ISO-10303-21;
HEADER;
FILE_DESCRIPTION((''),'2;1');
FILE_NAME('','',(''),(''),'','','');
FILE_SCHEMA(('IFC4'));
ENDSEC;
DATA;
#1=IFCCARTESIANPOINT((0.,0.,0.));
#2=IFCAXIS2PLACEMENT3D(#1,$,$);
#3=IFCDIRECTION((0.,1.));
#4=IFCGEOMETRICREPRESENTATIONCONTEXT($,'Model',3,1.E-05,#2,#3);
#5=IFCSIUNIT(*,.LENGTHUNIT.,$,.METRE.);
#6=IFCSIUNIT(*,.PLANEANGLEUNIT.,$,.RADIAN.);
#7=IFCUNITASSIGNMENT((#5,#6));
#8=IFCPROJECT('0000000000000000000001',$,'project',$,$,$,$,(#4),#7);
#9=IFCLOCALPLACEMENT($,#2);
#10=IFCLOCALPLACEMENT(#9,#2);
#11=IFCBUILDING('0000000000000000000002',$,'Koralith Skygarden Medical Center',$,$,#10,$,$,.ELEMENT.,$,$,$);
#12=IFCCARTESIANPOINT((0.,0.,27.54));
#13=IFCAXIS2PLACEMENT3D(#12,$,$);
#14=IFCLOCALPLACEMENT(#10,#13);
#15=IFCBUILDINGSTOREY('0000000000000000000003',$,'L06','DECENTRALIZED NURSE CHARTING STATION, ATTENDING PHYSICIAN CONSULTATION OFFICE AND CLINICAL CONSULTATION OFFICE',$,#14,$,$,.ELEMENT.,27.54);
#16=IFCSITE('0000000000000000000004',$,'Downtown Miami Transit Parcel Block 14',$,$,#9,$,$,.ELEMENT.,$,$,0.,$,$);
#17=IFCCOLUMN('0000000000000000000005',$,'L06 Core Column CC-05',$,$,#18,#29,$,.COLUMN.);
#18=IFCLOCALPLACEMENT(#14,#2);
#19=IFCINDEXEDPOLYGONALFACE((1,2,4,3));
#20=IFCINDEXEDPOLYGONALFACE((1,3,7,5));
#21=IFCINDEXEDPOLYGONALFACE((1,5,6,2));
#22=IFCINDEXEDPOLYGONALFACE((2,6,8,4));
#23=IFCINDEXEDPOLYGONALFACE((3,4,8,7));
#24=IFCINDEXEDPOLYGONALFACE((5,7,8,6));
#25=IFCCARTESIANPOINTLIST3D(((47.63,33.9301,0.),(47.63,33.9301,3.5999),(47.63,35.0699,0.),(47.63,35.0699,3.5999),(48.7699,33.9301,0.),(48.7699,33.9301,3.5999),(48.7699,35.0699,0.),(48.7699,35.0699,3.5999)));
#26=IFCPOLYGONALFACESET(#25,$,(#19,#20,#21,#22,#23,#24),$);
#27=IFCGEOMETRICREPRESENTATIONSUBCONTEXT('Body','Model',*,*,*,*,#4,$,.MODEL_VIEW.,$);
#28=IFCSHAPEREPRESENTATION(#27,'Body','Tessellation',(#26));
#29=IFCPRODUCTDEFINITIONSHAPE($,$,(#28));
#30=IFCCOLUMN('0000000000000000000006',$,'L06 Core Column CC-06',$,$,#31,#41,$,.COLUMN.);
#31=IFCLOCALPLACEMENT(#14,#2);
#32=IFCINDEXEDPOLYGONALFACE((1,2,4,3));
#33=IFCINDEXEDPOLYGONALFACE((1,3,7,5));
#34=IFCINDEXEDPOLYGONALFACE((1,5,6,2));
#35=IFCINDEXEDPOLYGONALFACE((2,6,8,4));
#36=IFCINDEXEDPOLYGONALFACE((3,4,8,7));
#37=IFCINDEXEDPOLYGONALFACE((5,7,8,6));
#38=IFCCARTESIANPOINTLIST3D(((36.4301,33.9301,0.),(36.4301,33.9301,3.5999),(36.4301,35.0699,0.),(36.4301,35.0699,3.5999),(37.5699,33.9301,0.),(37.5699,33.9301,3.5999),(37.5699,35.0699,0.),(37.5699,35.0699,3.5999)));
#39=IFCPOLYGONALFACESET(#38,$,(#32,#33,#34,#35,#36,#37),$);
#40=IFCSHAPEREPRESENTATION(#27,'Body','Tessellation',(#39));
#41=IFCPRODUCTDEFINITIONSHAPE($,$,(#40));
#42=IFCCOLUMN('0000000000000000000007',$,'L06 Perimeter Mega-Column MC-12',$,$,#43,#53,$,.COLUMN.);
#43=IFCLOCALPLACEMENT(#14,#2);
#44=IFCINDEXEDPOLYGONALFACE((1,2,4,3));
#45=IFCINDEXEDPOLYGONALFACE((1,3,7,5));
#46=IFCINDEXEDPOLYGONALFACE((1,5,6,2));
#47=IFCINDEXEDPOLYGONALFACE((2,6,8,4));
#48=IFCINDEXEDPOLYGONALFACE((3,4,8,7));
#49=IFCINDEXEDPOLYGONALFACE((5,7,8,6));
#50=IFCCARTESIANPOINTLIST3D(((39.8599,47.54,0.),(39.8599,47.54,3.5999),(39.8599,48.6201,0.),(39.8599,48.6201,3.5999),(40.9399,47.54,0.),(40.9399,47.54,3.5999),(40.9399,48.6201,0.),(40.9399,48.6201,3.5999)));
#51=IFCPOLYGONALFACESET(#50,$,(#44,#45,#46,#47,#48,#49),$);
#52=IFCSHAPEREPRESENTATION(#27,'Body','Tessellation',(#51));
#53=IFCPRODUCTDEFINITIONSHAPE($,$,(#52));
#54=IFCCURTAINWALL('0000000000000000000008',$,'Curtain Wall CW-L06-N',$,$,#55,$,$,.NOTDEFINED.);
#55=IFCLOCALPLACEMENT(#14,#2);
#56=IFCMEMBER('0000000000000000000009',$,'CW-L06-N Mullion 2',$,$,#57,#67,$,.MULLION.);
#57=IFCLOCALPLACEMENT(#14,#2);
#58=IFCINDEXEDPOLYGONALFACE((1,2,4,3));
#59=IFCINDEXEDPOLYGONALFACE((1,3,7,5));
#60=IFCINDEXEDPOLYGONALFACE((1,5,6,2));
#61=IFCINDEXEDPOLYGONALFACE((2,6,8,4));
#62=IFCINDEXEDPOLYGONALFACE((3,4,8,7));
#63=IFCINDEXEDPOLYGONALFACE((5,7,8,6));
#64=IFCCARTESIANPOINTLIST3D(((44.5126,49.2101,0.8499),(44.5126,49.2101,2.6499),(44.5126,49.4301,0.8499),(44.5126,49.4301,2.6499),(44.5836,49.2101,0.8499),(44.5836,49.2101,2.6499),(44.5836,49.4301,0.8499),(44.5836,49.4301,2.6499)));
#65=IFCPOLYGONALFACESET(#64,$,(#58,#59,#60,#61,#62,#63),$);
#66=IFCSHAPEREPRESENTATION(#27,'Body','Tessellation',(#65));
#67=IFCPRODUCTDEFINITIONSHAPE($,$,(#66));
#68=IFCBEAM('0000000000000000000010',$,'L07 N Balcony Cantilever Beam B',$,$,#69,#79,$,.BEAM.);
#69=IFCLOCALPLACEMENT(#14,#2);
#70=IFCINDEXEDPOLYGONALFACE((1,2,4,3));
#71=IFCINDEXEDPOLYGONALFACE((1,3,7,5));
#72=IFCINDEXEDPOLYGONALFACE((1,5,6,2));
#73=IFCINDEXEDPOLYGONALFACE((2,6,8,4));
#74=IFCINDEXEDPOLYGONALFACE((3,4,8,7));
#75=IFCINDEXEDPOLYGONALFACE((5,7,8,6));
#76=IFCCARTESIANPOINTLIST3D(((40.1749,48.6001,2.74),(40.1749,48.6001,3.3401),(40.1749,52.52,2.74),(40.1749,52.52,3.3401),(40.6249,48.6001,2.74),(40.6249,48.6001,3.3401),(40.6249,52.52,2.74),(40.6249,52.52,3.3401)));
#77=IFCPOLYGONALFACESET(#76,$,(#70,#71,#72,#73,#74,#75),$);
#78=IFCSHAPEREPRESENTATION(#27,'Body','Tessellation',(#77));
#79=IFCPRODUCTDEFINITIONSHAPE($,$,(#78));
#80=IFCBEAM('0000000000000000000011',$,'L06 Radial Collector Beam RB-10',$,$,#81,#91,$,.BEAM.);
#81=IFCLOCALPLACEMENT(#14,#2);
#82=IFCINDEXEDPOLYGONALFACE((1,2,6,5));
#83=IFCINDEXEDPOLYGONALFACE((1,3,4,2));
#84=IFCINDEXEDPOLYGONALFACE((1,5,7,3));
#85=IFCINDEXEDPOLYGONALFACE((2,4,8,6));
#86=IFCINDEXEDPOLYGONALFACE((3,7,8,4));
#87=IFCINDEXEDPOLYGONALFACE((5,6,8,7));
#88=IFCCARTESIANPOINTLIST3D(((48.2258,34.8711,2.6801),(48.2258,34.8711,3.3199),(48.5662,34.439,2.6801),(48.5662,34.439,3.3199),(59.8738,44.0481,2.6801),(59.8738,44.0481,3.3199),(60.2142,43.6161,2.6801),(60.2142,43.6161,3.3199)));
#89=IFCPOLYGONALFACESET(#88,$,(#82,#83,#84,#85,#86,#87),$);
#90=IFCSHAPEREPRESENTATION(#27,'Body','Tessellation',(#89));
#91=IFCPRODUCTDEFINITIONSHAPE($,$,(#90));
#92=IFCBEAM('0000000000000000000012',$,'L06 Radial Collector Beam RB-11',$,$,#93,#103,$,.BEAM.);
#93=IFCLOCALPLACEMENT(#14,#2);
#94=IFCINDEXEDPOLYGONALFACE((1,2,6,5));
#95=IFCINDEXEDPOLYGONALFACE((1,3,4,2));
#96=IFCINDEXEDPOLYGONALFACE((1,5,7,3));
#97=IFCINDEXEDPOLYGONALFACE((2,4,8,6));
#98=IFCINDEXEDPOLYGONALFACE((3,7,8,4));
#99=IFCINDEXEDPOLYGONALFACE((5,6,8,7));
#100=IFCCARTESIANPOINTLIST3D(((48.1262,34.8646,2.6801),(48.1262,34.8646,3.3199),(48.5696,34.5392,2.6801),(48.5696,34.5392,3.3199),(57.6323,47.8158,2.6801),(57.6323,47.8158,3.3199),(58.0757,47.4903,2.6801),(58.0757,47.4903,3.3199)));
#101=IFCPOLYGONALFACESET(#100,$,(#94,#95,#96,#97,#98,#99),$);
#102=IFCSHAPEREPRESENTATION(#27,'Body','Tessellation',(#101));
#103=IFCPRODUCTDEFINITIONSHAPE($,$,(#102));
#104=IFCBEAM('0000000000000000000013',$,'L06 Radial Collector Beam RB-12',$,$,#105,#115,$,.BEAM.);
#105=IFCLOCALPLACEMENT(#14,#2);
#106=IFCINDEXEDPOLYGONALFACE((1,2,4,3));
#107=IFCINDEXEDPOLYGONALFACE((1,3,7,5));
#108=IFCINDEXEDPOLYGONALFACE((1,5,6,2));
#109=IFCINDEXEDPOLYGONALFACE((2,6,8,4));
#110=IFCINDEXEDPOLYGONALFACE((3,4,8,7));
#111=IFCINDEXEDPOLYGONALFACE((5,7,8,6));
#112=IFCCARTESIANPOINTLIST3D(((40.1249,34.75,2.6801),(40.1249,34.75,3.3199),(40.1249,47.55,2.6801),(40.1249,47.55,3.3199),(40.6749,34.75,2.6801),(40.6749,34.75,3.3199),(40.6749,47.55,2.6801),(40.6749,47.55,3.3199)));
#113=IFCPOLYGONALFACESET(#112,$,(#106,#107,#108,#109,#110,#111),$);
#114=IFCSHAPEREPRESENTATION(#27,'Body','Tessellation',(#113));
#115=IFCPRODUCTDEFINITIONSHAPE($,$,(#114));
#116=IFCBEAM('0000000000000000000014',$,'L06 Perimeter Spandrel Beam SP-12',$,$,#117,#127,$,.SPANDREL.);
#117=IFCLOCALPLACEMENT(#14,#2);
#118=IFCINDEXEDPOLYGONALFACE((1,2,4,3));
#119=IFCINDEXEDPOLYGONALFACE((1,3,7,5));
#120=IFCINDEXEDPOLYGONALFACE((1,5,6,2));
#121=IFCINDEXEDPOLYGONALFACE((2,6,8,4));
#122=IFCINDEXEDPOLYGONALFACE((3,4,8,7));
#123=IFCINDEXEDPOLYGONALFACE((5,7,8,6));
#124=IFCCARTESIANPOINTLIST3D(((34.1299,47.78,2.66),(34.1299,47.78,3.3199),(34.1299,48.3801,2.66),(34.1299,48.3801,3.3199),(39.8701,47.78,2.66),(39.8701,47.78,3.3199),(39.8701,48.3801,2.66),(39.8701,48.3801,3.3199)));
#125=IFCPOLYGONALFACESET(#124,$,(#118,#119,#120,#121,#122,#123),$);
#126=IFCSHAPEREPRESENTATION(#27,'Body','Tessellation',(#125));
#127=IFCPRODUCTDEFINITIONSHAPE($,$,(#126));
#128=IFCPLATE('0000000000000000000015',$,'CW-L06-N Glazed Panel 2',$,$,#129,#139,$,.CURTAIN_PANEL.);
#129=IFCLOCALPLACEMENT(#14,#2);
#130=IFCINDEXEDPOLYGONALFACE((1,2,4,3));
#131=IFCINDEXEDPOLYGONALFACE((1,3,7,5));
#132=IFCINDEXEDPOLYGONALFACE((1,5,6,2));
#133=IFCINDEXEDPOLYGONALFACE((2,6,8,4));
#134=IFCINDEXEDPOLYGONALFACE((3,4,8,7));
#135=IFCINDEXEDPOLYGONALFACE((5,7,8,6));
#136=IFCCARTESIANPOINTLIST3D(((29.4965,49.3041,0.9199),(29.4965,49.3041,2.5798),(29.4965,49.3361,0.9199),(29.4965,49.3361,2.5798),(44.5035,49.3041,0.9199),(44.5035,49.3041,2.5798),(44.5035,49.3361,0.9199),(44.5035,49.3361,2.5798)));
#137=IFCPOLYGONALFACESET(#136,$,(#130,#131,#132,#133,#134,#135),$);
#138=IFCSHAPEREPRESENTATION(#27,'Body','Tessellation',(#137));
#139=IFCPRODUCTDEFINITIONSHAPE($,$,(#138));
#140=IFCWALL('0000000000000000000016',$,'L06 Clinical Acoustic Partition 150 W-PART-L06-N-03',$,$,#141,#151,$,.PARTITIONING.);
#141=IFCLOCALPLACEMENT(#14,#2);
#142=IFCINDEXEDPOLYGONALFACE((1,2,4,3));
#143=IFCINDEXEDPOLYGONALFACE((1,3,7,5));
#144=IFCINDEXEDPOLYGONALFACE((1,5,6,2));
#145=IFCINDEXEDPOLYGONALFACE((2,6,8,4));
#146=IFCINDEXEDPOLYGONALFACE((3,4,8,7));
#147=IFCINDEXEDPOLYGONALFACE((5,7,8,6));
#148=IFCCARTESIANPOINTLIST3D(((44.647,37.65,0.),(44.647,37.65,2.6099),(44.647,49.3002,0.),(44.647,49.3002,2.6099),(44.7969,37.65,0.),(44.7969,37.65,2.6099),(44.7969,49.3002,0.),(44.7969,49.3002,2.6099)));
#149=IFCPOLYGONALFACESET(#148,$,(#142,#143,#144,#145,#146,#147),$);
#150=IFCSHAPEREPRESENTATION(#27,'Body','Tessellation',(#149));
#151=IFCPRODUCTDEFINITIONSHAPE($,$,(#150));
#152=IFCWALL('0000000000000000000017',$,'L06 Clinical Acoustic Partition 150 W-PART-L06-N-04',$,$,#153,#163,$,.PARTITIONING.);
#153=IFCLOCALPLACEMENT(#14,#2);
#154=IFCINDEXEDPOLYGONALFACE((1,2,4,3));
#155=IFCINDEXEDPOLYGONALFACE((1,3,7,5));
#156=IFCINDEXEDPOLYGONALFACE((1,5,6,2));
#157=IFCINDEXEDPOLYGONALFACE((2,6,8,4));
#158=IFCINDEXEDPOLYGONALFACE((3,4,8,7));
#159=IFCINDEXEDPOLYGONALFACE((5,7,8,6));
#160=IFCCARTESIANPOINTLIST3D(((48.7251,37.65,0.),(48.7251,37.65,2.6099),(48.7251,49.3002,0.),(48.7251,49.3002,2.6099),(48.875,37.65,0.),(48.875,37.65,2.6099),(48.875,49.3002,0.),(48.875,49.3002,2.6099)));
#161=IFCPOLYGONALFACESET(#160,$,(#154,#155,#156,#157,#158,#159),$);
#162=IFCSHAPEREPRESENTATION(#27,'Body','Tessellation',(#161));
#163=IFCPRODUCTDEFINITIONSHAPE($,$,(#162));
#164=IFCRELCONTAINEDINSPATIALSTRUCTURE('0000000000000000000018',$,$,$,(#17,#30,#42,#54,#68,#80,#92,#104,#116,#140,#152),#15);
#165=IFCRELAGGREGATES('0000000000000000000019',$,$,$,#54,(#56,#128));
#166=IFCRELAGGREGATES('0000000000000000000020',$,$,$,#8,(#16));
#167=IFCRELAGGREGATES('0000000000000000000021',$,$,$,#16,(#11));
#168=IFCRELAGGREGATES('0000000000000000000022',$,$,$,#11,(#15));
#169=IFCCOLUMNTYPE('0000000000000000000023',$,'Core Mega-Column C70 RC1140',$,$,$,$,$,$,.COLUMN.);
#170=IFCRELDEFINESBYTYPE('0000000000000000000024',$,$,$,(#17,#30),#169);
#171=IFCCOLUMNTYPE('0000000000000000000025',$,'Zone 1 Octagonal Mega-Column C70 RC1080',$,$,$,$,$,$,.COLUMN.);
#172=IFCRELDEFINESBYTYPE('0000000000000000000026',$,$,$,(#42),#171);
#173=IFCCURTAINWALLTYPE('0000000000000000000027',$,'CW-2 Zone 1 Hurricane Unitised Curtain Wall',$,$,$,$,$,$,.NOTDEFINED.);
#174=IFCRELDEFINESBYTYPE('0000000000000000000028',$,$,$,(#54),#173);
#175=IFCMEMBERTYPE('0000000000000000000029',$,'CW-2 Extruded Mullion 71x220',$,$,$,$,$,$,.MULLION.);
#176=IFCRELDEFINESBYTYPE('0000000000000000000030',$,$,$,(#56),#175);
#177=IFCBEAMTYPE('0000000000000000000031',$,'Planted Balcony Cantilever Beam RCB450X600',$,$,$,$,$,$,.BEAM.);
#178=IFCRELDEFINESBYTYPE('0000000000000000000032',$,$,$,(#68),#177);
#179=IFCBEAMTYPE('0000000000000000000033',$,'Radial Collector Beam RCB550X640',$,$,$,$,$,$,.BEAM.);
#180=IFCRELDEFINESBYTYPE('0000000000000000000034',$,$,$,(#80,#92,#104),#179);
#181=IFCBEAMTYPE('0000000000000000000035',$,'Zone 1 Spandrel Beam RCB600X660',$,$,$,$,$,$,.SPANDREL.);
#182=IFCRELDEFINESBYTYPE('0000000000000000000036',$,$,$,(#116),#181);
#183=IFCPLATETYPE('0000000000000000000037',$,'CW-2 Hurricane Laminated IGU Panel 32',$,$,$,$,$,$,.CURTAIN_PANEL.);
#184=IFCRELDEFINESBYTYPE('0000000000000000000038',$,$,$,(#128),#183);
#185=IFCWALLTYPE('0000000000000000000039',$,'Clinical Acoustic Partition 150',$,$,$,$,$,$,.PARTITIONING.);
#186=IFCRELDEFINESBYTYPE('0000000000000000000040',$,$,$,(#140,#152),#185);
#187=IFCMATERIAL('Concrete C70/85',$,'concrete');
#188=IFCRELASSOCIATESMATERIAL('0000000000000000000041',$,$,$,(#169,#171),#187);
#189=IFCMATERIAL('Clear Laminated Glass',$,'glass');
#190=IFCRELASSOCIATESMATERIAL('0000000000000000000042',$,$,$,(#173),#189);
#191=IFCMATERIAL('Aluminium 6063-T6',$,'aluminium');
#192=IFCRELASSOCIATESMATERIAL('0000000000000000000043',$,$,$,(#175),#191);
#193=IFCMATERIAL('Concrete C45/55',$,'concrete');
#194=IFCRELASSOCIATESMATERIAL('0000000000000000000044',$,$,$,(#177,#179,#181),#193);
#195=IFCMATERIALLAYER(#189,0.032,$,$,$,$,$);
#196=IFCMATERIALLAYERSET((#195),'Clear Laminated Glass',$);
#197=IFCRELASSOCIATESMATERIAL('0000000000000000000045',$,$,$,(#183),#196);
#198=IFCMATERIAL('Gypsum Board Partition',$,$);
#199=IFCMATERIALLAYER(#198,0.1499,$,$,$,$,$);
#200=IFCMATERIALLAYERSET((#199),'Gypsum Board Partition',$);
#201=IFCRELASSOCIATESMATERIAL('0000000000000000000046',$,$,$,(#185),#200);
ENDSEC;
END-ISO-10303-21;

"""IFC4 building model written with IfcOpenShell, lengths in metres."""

from ifc_helpers import new_model, si_unit, direction, frame, frame_2d, origin, origin_2d, place, context, subcontext, project, spatial, rectangle, extrude, material, layer, layer_set, material_profile, profile_set, type_object, element, aggregate, save


model = new_model("IFC4")

# Units and contexts
model_context = context("Model", 3, precision=1e-05, world=origin(), true_north=direction((0.0, 1.0)))
body_context = subcontext(model_context, "Body", "Model", "MODEL_VIEW")
ifc_project = project(units=[si_unit("LENGTHUNIT", "METRE"), si_unit("PLANEANGLEUNIT", "RADIAN")], contexts=[model_context])

# Site, building, storey
site_placement = place(None, origin())
site = spatial("IfcSite", under=ifc_project, at=site_placement, Name="Downtown Miami Transit Parcel Block 14", CompositionType="ELEMENT", RefElevation=0.0)
building_placement = place(site_placement, origin())
building = spatial("IfcBuilding", under=site, at=building_placement, Name="Koralith Skygarden Medical Center", CompositionType="ELEMENT")
storey_placement = place(building_placement, frame((0.0, 0.0, 27.54)))
storey = spatial("IfcBuildingStorey", under=building, at=storey_placement, Name="L06", Description="DECENTRALIZED NURSE CHARTING STATION, ATTENDING PHYSICIAN CONSULTATION OFFICE AND CLINICAL CONSULTATION OFFICE", CompositionType="ELEMENT", Elevation=27.54)

# Columns
ifc_material_1 = material(Name="Concrete C70/85", Category="concrete")
ifc_material_profile_1 = material_profile(ifc_material_1, rectangle(XDim=1.1399, YDim=1.1399, at=origin_2d()), Name="RC1140X1140")
ifc_profile_set_1 = profile_set([ifc_material_profile_1], Name="Concrete C70/85")
column_type_1 = type_object("IfcColumnType", Name="Core Mega-Column C70 RC1140", PredefinedType="COLUMN", material=ifc_profile_set_1)
for number, where, z_axis, x_axis, name in (
    (1, (48.2, 34.5, 0.0), (0.0, 0.0, 1.0), (1.0, 0.0, 0.0), "L06 Core Column CC-05"),
    (2, (37.0, 34.5, 0.0), (0.0, 0.0, 1.0), (1.0, 0.0, 0.0), "L06 Core Column CC-06"),
):
    element("IfcColumn", number, at=place(storey_placement, frame(where, z_axis=z_axis, x_axis=x_axis)), inside=storey, type_object=column_type_1, Name=name, PredefinedType="COLUMN", context=body_context, shape_type="SweptSolid", body=[
        extrude(rectangle(XDim=1.1399, YDim=1.1399, at=origin_2d()), origin(), (0.0, 0.0, 1.0), 3.5999),
    ])
ifc_material_profile_2 = material_profile(ifc_material_1, rectangle(XDim=1.0801, YDim=1.0801, at=origin_2d()), Name="RC1080X1080")
ifc_profile_set_2 = profile_set([ifc_material_profile_2], Name="Concrete C70/85")
column_type_2 = type_object("IfcColumnType", Name="Zone 1 Octagonal Mega-Column C70 RC1080", PredefinedType="COLUMN", material=ifc_profile_set_2)
column_placement = place(storey_placement, frame((40.3999, 48.0801, 0.0), z_axis=(0.0, 0.0, 1.0), x_axis=(1.0, 0.0, 0.0)))
element("IfcColumn", 3, at=column_placement, inside=storey, type_object=column_type_2, Name="L06 Perimeter Mega-Column MC-12", PredefinedType="COLUMN", context=body_context, shape_type="SweptSolid", body=[
    extrude(rectangle(XDim=1.0801, YDim=1.0801, at=origin_2d()), origin(), (0.0, 0.0, 1.0), 3.5999),
])

# Curtain wall, member
ifc_material_2 = material(Name="Clear Laminated Glass", Category="glass")
curtain_wall_type = type_object("IfcCurtainWallType", Name="CW-2 Zone 1 Hurricane Unitised Curtain Wall", PredefinedType="NOTDEFINED", material=ifc_material_2)
curtain_wall_placement = place(storey_placement, origin())
curtain_wall = element("IfcCurtainWall", 4, at=curtain_wall_placement, inside=storey, type_object=curtain_wall_type, Name="Curtain Wall CW-L06-N", PredefinedType="NOTDEFINED")
ifc_material_3 = material(Name="Aluminium 6063-T6", Category="aluminium")
ifc_material_profile_3 = material_profile(ifc_material_3, rectangle(XDim=0.071, YDim=0.22, at=origin_2d()), Name="MUL71X220")
ifc_profile_set_3 = profile_set([ifc_material_profile_3], Name="Aluminium 6063-T6")
member_type = type_object("IfcMemberType", Name="CW-2 Extruded Mullion 71x220", PredefinedType="MULLION", material=ifc_profile_set_3)
member_placement = place(storey_placement, frame((44.5481, 49.3201, 0.8499), z_axis=(0.0, 0.0, 1.0), x_axis=(1.0, 0.0, 0.0)))
member = element("IfcMember", 5, at=member_placement, type_object=member_type, Name="CW-L06-N Mullion 2", PredefinedType="MULLION", context=body_context, shape_type="SweptSolid", body=[
    extrude(rectangle(XDim=0.071, YDim=0.22, at=origin_2d()), origin(), (0.0, 0.0, 1.0), 1.8),
])

# Beams
ifc_material_4 = material(Name="Concrete C45/55", Category="concrete")
ifc_material_profile_4 = material_profile(ifc_material_4, rectangle(XDim=0.45, YDim=0.6001, at=origin_2d()), Name="RCB450X600")
ifc_profile_set_4 = profile_set([ifc_material_profile_4], Name="Concrete C45/55")
beam_type_1 = type_object("IfcBeamType", Name="Planted Balcony Cantilever Beam RCB450X600", PredefinedType="BEAM", material=ifc_profile_set_4)
beam_1_placement = place(storey_placement, frame((40.3999, 48.6001, 3.04), z_axis=(0.0, 1.0, 0.0), x_axis=(-1.0, 0.0, 0.0)))
element("IfcBeam", 6, at=beam_1_placement, inside=storey, type_object=beam_type_1, Name="L07 N Balcony Cantilever Beam B", PredefinedType="BEAM", context=body_context, shape_type="SweptSolid", body=[
    extrude(rectangle(XDim=0.45, YDim=0.6001, at=origin_2d()), origin(), (0.0, 0.0, 1.0), 3.9199),
])
ifc_material_profile_5 = material_profile(ifc_material_4, rectangle(XDim=0.55, YDim=0.6399, at=origin_2d()), Name="RCB550X640")
ifc_profile_set_5 = profile_set([ifc_material_profile_5], Name="Concrete C45/55")
beam_type_2 = type_object("IfcBeamType", Name="Radial Collector Beam RCB550X640", PredefinedType="BEAM", material=ifc_profile_set_5)
beam_2_placement = place(storey_placement, frame((48.396, 34.655, 3.0), z_axis=(0.785497, 0.618865, 0.0), x_axis=(-0.618865, 0.785497, 0.0)))
element("IfcBeam", 7, at=beam_2_placement, inside=storey, type_object=beam_type_2, Name="L06 Radial Collector Beam RB-10", PredefinedType="BEAM", context=body_context, shape_type="SweptSolid", body=[
    extrude(rectangle(XDim=0.55, YDim=0.6399, at=origin_2d()), origin(), (0.0, 0.0, 1.0), 14.8289),
])
beam_3_placement = place(storey_placement, frame((48.3479, 34.7019, 3.0), z_axis=(0.591711, 0.80615, 0.0), x_axis=(-0.80615, 0.591711, 0.0)))
element("IfcBeam", 8, at=beam_3_placement, inside=storey, type_object=beam_type_2, Name="L06 Radial Collector Beam RB-11", PredefinedType="BEAM", context=body_context, shape_type="SweptSolid", body=[
    extrude(rectangle(XDim=0.55, YDim=0.6399, at=origin_2d()), origin(), (0.0, 0.0, 1.0), 16.0654),
])
beam_4_placement = place(storey_placement, frame((40.3999, 34.75, 3.0), z_axis=(0.0, 1.0, 0.0), x_axis=(-1.0, 0.0, 0.0)))
element("IfcBeam", 9, at=beam_4_placement, inside=storey, type_object=beam_type_2, Name="L06 Radial Collector Beam RB-12", PredefinedType="BEAM", context=body_context, shape_type="SweptSolid", body=[
    extrude(rectangle(XDim=0.55, YDim=0.6399, at=origin_2d()), origin(), (0.0, 0.0, 1.0), 12.8),
])
ifc_material_profile_6 = material_profile(ifc_material_4, rectangle(XDim=0.6001, YDim=0.6599, at=origin_2d()), Name="RCB600X660")
ifc_profile_set_6 = profile_set([ifc_material_profile_6], Name="Concrete C45/55")
beam_type_3 = type_object("IfcBeamType", Name="Zone 1 Spandrel Beam RCB600X660", PredefinedType="SPANDREL", material=ifc_profile_set_6)
beam_5_placement = place(storey_placement, frame((39.8701, 48.0801, 2.99), z_axis=(-1.0, 0.0, 0.0), x_axis=(0.0, -1.0, 0.0)))
element("IfcBeam", 10, at=beam_5_placement, inside=storey, type_object=beam_type_3, Name="L06 Perimeter Spandrel Beam SP-12", PredefinedType="SPANDREL", context=body_context, shape_type="SweptSolid", body=[
    extrude(rectangle(XDim=0.6001, YDim=0.6599, at=origin_2d()), origin(), (0.0, 0.0, 1.0), 5.7402),
])

# Plate
ifc_layer_1 = layer(ifc_material_2, 0.032)
ifc_layer_set_1 = layer_set([ifc_layer_1], Name="Clear Laminated Glass")
plate_type = type_object("IfcPlateType", Name="CW-2 Hurricane Laminated IGU Panel 32", PredefinedType="CURTAIN_PANEL", material=ifc_layer_set_1)
plate_placement = place(storey_placement, frame((37.0, 49.3201, 0.9199), z_axis=(0.0, 0.0, 1.0), x_axis=(-1.0, 0.0, 0.0)))
plate = element("IfcPlate", 11, at=plate_placement, type_object=plate_type, Name="CW-L06-N Glazed Panel 2", PredefinedType="CURTAIN_PANEL", context=body_context, shape_type="SweptSolid", body=[
    extrude(rectangle(XDim=15.0071, YDim=0.032, at=origin_2d()), origin(), (0.0, 0.0, 1.0), 1.6599),
])
aggregate(curtain_wall, [member, plate])

# Walls
ifc_material_5 = material(Name="Gypsum Board Partition")
ifc_layer_2 = layer(ifc_material_5, 0.1499)
ifc_layer_set_2 = layer_set([ifc_layer_2], Name="Gypsum Board Partition")
wall_type_1 = type_object("IfcWallType", Name="Clinical Acoustic Partition 150", PredefinedType="PARTITIONING", material=ifc_layer_set_2)
for number, where, z_axis, x_axis, name in (
    (12, (44.7219, 37.6499, 0.0), (0.0, 0.0, 1.0), (0.0, 1.0, 0.0), "L06 Clinical Acoustic Partition 150 W-PART-L06-N-03"),
    (13, (48.8, 37.6499, 0.0), (0.0, 0.0, 1.0), (0.0, 1.0, 0.0), "L06 Clinical Acoustic Partition 150 W-PART-L06-N-04"),
):
    element("IfcWall", number, at=place(storey_placement, frame(where, z_axis=z_axis, x_axis=x_axis)), inside=storey, type_object=wall_type_1, Name=name, PredefinedType="PARTITIONING", context=body_context, shape_type="SweptSolid", body=[
        extrude(rectangle(XDim=11.6501, YDim=0.1499, at=frame_2d((5.8252, 0.0))), origin(), (0.0, 0.0, 1.0), 2.6099),
    ])

save(model, "model.ifc")
